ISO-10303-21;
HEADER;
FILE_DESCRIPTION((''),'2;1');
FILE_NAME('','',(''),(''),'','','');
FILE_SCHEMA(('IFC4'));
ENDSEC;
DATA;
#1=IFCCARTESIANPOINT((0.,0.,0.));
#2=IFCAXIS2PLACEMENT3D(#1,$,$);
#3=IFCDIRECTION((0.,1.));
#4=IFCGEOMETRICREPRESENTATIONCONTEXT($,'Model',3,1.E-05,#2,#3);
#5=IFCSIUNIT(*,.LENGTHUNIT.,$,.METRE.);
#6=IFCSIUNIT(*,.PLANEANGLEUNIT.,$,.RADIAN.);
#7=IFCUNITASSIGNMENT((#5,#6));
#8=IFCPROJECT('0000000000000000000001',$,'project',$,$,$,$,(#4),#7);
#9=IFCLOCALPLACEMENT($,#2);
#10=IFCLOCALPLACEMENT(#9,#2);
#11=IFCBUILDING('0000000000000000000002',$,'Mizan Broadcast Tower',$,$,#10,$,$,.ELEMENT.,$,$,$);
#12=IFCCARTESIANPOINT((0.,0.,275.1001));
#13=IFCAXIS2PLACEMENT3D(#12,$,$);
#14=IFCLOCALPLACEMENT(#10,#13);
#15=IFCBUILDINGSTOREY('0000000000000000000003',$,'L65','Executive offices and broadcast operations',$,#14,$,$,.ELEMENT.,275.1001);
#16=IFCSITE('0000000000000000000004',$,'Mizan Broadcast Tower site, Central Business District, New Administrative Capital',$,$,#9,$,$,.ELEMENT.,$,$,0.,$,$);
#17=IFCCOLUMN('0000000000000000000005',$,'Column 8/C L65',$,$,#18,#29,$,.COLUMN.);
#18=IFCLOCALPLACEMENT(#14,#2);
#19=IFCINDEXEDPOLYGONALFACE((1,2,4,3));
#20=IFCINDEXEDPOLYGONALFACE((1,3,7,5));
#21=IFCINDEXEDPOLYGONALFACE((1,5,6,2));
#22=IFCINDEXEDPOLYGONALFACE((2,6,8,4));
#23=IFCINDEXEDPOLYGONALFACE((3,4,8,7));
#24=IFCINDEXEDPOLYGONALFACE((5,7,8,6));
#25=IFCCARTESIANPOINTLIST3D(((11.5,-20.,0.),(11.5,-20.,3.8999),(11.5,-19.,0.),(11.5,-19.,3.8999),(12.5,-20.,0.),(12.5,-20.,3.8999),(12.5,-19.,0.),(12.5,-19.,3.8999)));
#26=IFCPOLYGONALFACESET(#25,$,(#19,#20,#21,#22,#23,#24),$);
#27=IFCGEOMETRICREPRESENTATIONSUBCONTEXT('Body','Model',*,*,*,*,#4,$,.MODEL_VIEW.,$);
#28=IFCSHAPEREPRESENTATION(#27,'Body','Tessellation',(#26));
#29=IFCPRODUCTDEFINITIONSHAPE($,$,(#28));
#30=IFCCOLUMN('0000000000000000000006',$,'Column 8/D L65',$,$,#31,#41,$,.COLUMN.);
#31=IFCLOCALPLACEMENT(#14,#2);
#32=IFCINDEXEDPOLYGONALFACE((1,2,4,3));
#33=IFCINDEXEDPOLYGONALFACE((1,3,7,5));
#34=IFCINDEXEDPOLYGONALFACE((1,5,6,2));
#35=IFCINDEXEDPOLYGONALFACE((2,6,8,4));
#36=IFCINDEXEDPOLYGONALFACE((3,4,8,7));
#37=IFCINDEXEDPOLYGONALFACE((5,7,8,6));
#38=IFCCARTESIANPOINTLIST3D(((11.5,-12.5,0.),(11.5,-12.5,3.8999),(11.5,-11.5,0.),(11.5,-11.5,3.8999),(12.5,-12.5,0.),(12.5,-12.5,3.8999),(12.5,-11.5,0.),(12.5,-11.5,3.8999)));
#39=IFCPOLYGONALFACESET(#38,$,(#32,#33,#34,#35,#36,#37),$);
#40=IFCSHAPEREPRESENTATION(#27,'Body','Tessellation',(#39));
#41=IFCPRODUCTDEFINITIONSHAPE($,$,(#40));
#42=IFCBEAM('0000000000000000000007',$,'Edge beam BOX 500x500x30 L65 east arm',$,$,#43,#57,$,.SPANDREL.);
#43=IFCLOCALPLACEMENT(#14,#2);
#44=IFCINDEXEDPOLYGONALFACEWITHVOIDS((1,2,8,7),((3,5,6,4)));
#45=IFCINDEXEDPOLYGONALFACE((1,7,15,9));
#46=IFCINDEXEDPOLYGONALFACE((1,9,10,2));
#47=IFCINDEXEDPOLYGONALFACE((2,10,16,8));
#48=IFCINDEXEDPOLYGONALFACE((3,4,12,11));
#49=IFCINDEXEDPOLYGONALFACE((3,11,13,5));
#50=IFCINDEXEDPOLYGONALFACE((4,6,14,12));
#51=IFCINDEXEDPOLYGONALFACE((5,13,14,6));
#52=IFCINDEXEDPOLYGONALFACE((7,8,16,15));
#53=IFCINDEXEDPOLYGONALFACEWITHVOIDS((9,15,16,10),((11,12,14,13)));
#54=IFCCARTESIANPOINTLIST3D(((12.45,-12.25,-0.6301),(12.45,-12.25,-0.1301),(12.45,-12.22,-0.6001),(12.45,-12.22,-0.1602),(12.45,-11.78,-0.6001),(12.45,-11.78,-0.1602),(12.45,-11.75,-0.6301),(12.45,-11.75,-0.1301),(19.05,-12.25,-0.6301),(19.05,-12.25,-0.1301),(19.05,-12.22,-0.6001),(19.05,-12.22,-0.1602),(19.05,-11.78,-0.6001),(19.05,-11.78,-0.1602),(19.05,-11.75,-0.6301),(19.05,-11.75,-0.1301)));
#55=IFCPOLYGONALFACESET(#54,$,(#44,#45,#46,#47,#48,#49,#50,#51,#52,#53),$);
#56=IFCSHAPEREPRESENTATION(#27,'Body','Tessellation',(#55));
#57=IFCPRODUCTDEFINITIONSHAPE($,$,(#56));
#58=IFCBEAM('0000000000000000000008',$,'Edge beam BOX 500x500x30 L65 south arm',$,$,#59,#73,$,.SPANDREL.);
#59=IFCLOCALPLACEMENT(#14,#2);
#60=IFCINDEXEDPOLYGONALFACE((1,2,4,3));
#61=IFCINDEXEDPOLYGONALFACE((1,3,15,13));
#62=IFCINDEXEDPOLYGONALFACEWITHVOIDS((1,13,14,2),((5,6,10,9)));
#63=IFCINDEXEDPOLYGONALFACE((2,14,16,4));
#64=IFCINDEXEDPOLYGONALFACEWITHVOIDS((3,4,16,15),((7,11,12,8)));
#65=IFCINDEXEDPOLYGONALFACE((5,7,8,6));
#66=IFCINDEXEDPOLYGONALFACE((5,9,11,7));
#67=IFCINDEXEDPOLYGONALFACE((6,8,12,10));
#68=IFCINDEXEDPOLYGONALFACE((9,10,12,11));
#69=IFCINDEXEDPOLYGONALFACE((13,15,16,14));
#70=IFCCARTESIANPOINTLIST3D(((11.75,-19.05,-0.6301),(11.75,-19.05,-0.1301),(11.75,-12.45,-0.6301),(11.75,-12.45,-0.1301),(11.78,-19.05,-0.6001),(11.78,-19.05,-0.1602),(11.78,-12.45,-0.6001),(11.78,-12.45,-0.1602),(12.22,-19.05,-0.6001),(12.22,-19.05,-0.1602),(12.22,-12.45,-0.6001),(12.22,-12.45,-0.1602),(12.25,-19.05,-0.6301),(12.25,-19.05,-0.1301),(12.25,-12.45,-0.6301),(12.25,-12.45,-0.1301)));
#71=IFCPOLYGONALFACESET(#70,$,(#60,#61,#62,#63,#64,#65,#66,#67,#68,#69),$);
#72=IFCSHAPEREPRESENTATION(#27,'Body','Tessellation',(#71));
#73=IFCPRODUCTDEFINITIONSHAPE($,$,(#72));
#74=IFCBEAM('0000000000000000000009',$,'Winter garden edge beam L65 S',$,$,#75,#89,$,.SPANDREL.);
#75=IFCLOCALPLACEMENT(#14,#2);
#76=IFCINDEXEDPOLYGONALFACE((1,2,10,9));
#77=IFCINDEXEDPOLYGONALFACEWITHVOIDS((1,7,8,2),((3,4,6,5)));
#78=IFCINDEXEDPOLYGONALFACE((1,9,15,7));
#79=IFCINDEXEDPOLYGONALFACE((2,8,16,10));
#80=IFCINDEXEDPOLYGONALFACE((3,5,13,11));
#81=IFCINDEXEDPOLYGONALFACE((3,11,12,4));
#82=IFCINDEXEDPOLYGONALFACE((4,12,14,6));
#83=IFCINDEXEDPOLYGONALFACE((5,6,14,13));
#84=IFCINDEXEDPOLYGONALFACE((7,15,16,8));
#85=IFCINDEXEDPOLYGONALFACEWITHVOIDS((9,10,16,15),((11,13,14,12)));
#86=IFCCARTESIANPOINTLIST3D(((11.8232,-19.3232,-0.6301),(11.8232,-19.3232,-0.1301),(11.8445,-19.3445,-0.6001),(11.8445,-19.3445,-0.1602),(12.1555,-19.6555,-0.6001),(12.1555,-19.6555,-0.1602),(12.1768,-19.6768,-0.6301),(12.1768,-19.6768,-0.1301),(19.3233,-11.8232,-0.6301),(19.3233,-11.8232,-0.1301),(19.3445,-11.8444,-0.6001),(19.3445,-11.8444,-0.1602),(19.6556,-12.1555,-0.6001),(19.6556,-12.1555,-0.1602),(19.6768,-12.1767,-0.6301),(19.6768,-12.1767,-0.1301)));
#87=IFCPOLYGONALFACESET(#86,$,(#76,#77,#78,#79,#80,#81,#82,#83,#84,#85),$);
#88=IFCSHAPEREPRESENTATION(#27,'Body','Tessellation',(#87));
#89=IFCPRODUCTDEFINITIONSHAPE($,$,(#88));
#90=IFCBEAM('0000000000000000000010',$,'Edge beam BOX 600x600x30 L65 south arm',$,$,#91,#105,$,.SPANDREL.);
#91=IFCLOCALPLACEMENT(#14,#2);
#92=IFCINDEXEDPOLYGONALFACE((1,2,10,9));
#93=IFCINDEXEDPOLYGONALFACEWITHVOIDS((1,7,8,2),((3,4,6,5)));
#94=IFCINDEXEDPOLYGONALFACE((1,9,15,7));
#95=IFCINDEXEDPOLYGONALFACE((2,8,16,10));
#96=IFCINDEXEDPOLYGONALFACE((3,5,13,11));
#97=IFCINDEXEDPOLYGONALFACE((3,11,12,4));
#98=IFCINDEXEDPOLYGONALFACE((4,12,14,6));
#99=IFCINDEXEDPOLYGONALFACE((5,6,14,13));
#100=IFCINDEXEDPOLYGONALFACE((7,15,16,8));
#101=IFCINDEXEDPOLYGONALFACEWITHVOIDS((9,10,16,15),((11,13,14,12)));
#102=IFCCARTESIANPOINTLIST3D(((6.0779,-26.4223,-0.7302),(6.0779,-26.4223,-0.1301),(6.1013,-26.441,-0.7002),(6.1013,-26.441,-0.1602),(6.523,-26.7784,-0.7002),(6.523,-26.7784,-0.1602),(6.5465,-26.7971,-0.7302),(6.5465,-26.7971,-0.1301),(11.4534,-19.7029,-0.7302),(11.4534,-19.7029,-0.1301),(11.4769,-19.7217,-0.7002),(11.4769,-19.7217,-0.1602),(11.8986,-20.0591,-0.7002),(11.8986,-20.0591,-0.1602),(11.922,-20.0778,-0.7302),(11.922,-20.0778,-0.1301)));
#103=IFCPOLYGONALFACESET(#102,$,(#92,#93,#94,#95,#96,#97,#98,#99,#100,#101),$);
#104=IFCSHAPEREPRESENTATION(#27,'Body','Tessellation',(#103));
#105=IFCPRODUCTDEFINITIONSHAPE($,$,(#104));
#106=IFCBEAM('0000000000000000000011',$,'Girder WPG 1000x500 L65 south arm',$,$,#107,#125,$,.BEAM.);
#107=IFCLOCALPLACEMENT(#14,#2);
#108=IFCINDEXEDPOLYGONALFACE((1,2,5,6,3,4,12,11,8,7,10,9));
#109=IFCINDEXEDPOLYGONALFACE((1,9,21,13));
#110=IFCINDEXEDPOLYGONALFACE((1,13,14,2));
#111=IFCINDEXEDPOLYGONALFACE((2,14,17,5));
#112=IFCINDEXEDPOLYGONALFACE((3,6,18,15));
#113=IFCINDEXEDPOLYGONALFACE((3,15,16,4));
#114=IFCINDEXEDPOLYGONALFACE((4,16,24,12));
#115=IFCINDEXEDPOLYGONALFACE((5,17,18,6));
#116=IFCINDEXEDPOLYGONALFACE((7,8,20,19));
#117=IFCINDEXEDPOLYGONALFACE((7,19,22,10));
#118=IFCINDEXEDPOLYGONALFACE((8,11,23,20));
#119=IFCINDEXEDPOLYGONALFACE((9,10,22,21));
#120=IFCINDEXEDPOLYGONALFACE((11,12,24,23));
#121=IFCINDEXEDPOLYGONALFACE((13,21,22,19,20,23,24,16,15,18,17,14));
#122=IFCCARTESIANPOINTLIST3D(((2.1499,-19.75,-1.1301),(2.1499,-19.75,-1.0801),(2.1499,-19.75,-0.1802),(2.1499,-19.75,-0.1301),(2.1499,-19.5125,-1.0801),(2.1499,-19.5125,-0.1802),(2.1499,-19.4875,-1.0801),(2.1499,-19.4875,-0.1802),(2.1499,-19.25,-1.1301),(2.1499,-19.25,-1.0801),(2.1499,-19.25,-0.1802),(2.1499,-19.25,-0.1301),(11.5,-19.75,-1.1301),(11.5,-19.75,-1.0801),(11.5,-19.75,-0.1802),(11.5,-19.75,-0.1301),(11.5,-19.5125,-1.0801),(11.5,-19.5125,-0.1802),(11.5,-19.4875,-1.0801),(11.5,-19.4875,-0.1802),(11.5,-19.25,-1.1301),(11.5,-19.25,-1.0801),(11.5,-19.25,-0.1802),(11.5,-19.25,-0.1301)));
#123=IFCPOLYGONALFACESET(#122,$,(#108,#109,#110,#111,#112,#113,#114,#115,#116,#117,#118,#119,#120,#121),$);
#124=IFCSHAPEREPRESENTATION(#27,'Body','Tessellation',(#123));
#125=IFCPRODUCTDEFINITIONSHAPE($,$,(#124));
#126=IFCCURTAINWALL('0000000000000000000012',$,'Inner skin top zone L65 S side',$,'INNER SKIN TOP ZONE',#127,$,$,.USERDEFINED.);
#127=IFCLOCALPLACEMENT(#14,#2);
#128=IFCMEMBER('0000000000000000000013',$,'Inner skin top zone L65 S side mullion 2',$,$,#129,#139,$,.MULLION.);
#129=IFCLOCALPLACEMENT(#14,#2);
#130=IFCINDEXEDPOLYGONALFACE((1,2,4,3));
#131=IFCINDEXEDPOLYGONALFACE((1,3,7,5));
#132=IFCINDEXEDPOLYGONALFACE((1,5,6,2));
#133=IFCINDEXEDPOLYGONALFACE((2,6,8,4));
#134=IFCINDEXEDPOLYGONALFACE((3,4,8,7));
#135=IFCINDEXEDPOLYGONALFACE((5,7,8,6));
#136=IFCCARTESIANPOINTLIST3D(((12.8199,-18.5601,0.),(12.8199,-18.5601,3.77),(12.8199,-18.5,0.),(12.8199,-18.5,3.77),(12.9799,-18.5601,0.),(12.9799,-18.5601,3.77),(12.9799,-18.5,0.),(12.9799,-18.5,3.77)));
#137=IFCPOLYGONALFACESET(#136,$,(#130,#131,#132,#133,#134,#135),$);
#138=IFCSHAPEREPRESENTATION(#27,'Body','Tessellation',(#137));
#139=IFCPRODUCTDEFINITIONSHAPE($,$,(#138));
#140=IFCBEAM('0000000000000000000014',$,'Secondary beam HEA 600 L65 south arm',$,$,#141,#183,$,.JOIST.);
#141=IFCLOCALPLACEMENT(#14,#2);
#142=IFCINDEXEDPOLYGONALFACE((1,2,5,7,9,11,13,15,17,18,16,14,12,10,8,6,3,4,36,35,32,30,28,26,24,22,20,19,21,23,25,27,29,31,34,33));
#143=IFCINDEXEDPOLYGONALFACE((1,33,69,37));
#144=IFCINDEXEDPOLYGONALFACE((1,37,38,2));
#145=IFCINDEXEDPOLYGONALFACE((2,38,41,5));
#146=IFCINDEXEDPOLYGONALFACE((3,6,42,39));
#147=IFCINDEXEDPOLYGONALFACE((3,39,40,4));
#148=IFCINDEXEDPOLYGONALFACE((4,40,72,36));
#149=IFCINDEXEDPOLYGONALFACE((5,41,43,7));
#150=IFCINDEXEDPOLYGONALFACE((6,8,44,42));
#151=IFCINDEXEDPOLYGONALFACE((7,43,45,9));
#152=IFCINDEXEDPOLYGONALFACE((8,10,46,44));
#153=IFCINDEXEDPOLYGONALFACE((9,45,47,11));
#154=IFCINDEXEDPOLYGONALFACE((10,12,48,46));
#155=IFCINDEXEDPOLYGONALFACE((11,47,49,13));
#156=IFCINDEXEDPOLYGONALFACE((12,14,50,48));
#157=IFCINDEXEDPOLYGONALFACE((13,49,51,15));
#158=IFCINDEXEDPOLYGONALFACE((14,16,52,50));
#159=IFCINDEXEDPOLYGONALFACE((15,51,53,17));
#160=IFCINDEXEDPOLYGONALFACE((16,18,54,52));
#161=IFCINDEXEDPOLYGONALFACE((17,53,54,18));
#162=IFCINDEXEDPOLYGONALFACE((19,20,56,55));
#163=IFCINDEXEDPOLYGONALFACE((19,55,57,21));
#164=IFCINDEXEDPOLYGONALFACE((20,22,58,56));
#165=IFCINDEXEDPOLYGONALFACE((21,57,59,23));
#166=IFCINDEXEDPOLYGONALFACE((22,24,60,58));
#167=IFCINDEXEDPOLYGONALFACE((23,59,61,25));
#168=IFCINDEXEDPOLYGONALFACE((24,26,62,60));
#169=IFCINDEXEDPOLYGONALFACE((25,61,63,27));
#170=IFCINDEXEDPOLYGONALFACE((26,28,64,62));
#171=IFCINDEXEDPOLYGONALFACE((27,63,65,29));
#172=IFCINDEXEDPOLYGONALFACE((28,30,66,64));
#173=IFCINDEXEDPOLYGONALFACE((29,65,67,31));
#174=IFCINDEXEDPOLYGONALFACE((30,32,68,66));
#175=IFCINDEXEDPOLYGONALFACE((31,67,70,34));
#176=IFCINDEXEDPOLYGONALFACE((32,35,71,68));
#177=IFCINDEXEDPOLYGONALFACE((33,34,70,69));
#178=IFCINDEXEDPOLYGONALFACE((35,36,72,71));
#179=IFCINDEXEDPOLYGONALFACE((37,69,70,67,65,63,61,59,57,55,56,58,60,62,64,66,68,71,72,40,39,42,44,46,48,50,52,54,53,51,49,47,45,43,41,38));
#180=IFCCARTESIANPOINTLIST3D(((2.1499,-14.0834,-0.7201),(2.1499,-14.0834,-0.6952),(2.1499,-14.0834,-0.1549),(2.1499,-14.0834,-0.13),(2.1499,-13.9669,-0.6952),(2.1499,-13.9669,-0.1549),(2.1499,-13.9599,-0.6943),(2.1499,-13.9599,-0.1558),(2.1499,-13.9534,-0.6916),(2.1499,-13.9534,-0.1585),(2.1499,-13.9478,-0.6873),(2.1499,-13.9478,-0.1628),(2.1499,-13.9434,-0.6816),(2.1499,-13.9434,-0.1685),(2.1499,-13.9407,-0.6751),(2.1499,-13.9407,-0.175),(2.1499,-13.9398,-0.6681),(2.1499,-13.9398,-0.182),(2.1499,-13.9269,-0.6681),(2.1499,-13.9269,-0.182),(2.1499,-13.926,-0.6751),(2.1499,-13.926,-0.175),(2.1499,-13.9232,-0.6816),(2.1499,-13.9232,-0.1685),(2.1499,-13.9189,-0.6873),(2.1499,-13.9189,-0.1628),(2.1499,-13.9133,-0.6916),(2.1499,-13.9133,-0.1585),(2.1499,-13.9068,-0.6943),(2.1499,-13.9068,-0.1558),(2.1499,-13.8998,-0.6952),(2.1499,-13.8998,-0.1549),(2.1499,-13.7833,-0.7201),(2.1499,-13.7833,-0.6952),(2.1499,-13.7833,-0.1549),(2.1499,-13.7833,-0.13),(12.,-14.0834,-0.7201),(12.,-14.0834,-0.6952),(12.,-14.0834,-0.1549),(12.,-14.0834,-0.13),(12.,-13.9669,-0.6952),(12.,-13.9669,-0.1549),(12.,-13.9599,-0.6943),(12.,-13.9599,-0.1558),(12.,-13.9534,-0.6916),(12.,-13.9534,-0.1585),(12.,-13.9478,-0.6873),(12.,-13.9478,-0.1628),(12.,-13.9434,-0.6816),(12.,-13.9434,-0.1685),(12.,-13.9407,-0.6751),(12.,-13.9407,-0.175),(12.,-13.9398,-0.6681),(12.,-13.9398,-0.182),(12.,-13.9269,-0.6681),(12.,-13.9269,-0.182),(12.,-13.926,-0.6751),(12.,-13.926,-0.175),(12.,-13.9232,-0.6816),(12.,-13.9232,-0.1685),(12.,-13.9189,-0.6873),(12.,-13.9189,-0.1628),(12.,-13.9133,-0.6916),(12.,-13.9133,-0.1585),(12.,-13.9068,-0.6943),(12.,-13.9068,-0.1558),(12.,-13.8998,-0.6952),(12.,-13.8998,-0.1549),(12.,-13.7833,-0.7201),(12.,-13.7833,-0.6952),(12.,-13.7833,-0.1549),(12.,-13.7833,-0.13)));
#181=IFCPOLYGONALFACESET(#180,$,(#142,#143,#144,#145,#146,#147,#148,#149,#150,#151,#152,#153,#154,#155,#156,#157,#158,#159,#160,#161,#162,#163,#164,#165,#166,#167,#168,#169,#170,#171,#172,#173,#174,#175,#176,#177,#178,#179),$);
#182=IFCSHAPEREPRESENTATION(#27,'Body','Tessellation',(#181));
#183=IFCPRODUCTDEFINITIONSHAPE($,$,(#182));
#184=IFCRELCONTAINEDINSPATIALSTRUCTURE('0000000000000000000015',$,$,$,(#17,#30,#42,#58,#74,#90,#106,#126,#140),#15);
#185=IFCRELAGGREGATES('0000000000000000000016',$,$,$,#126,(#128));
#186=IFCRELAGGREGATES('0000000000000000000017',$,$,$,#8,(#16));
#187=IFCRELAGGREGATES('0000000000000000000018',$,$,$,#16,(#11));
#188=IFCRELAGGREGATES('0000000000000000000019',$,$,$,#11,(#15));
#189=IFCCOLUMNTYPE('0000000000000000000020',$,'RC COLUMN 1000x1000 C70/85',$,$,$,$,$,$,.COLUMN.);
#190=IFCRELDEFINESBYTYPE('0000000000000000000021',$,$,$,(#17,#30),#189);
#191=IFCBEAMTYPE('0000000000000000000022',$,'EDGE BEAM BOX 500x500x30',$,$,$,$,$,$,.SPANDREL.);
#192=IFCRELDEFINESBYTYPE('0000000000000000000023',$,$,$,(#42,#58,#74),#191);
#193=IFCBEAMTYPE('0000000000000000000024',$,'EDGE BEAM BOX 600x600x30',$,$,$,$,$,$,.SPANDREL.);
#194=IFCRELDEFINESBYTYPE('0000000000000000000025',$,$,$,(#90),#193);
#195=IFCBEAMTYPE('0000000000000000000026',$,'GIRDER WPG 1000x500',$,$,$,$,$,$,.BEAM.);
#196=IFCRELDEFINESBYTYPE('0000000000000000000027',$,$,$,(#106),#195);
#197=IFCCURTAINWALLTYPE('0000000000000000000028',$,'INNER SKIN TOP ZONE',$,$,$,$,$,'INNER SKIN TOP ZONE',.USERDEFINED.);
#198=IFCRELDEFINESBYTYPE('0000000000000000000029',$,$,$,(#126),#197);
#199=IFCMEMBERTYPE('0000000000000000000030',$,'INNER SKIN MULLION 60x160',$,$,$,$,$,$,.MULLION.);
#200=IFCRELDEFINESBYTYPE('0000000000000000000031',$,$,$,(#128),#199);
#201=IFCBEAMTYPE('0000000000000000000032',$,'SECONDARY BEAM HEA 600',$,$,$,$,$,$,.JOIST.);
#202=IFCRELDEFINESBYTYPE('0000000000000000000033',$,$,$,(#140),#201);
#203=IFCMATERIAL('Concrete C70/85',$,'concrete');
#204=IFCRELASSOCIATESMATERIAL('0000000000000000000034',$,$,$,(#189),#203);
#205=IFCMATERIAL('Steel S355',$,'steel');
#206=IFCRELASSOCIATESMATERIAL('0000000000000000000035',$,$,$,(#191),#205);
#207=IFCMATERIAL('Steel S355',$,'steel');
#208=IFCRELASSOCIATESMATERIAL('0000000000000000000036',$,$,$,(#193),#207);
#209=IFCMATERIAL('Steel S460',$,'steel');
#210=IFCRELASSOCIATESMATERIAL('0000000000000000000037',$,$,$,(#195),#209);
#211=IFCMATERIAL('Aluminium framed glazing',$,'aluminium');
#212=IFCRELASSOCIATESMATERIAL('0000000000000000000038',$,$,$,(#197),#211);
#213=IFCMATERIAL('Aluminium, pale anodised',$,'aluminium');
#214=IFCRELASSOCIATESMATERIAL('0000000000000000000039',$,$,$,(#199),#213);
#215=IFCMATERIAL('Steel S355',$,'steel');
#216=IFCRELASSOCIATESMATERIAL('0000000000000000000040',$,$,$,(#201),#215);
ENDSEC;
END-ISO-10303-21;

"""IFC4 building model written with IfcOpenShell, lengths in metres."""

from ifc_helpers import new_model, si_unit, direction, frame, origin, origin_2d, place, context, subcontext, project, spatial, rectangle, hollow_rectangle, i_section, extrude, material, material_profile, profile_set, type_object, element, aggregate, save


model = new_model("IFC4")

# Units and contexts
model_context = context("Model", 3, precision=1e-05, world=origin(), true_north=direction((0.0, 1.0)))
body_context = subcontext(model_context, "Body", "Model", "MODEL_VIEW")
ifc_project = project(units=[si_unit("LENGTHUNIT", "METRE"), si_unit("PLANEANGLEUNIT", "RADIAN")], contexts=[model_context])

# Site, building, storey
site_placement = place(None, origin())
site = spatial("IfcSite", under=ifc_project, at=site_placement, Name="Mizan Broadcast Tower site, Central Business District, New Administrative Capital", CompositionType="ELEMENT", RefElevation=0.0)
building_placement = place(site_placement, origin())
building = spatial("IfcBuilding", under=site, at=building_placement, Name="Mizan Broadcast Tower", CompositionType="ELEMENT")
storey_placement = place(building_placement, frame((0.0, 0.0, 275.1001)))
storey = spatial("IfcBuildingStorey", under=building, at=storey_placement, Name="L65", Description="Executive offices and broadcast operations", CompositionType="ELEMENT", Elevation=275.1001)

# Columns
ifc_material_1 = material(Name="Concrete C70/85", Category="concrete")
ifc_material_profile_1 = material_profile(ifc_material_1, rectangle(XDim=1.0, YDim=1.0, at=origin_2d()), Name="RC 1000x1000")
ifc_profile_set_1 = profile_set([ifc_material_profile_1], Name="Concrete C70/85")
column_type = type_object("IfcColumnType", Name="RC COLUMN 1000x1000 C70/85", PredefinedType="COLUMN", material=ifc_profile_set_1)
for number, where, z_axis, x_axis, name in (
    (1, (12.0, -19.5, 0.0), (0.0, 0.0, 1.0), (1.0, 0.0, 0.0), "Column 8/C L65"),
    (2, (12.0, -12.0, 0.0), (0.0, 0.0, 1.0), (1.0, 0.0, 0.0), "Column 8/D L65"),
):
    element("IfcColumn", number, at=place(storey_placement, frame(where, z_axis=z_axis, x_axis=x_axis)), inside=storey, type_object=column_type, Name=name, PredefinedType="COLUMN", context=body_context, shape_type="SweptSolid", body=[
        extrude(rectangle(XDim=1.0, YDim=1.0, at=origin_2d()), origin(), (0.0, 0.0, 1.0), 3.8999),
    ])

# Beams
ifc_material_2 = material(Name="Steel S355", Category="steel")
ifc_material_profile_2 = material_profile(ifc_material_2, hollow_rectangle(XDim=0.5, YDim=0.5, WallThickness=0.03, at=origin_2d()), Name="BOX 500x500x30")
ifc_profile_set_2 = profile_set([ifc_material_profile_2], Name="Steel S355")
beam_type_1 = type_object("IfcBeamType", Name="EDGE BEAM BOX 500x500x30", PredefinedType="SPANDREL", material=ifc_profile_set_2)
for number, where, z_axis, x_axis, name in (
    (3, (12.45, -12.0, -0.3801), (1.0, 0.0, 0.0), (0.0, 1.0, 0.0), "Edge beam BOX 500x500x30 L65 east arm"),
    (4, (12.0, -12.45, -0.3801), (0.0, -1.0, 0.0), (1.0, 0.0, 0.0), "Edge beam BOX 500x500x30 L65 south arm"),
):
    element("IfcBeam", number, at=place(storey_placement, frame(where, z_axis=z_axis, x_axis=x_axis)), inside=storey, type_object=beam_type_1, Name=name, PredefinedType="SPANDREL", context=body_context, shape_type="SweptSolid", body=[
        extrude(hollow_rectangle(XDim=0.5, YDim=0.5, WallThickness=0.03, at=origin_2d()), origin(), (0.0, 0.0, 1.0), 6.6001),
    ])
beam_1_placement = place(storey_placement, frame((12.0, -19.5, -0.3801), z_axis=(0.707107, 0.707107, 0.0), x_axis=(-0.707107, 0.707107, 0.0)))
element("IfcBeam", 5, at=beam_1_placement, inside=storey, type_object=beam_type_1, Name="Winter garden edge beam L65 S", PredefinedType="SPANDREL", context=body_context, shape_type="SweptSolid", body=[
    extrude(hollow_rectangle(XDim=0.5, YDim=0.5, WallThickness=0.03, at=origin_2d()), origin(), (0.0, 0.0, 1.0), 10.6067),
])
ifc_material_3 = material(Name="Steel S355", Category="steel")
ifc_material_profile_3 = material_profile(ifc_material_3, hollow_rectangle(XDim=0.6001, YDim=0.6001, WallThickness=0.03, at=origin_2d()), Name="BOX 600x600x30")
ifc_profile_set_3 = profile_set([ifc_material_profile_3], Name="Steel S355")
beam_type_2 = type_object("IfcBeamType", Name="EDGE BEAM BOX 600x600x30", PredefinedType="SPANDREL", material=ifc_profile_set_3)
beam_2_placement = place(storey_placement, frame((11.6877, -19.8904, -0.4302), z_axis=(-0.624702, -0.780863, 0.0), x_axis=(0.780863, -0.624702, 0.0)))
element("IfcBeam", 6, at=beam_2_placement, inside=storey, type_object=beam_type_2, Name="Edge beam BOX 600x600x30 L65 south arm", PredefinedType="SPANDREL", context=body_context, shape_type="SweptSolid", body=[
    extrude(hollow_rectangle(XDim=0.6001, YDim=0.6001, WallThickness=0.03, at=origin_2d()), origin(), (0.0, 0.0, 1.0), 8.605),
])
ifc_material_4 = material(Name="Steel S460", Category="steel")
ifc_material_profile_4 = material_profile(ifc_material_4, i_section(OverallWidth=0.5, OverallDepth=1.0, WebThickness=0.0249, FlangeThickness=0.05, at=origin_2d()), Name="WPG 1000x500")
ifc_profile_set_4 = profile_set([ifc_material_profile_4], Name="Steel S460")
beam_type_3 = type_object("IfcBeamType", Name="GIRDER WPG 1000x500", PredefinedType="BEAM", material=ifc_profile_set_4)
beam_3_placement = place(storey_placement, frame((11.5, -19.5, -0.6301), z_axis=(-1.0, 0.0, 0.0), x_axis=(0.0, -1.0, 0.0)))
element("IfcBeam", 7, at=beam_3_placement, inside=storey, type_object=beam_type_3, Name="Girder WPG 1000x500 L65 south arm", PredefinedType="BEAM", context=body_context, shape_type="SweptSolid", body=[
    extrude(i_section(OverallWidth=0.5, OverallDepth=1.0, WebThickness=0.0249, FlangeThickness=0.05, at=origin_2d()), origin(), (0.0, 0.0, 1.0), 9.3501),
])

# Curtain wall, member
ifc_material_5 = material(Name="Aluminium framed glazing", Category="aluminium")
curtain_wall_type = type_object("IfcCurtainWallType", Name="INNER SKIN TOP ZONE", ElementType="INNER SKIN TOP ZONE", PredefinedType="USERDEFINED", material=ifc_material_5)
curtain_wall_placement = place(storey_placement, origin())
curtain_wall = element("IfcCurtainWall", 8, at=curtain_wall_placement, inside=storey, type_object=curtain_wall_type, Name="Inner skin top zone L65 S side", ObjectType="INNER SKIN TOP ZONE", PredefinedType="USERDEFINED")
ifc_material_6 = material(Name="Aluminium, pale anodised", Category="aluminium")
ifc_material_profile_5 = material_profile(ifc_material_6, rectangle(XDim=0.1599, YDim=0.0601, at=origin_2d()), Name="MULLION 160x60")
ifc_profile_set_5 = profile_set([ifc_material_profile_5], Name="Aluminium, pale anodised")
member_type = type_object("IfcMemberType", Name="INNER SKIN MULLION 60x160", PredefinedType="MULLION", material=ifc_profile_set_5)
member_placement = place(storey_placement, frame((12.8999, -18.53, 0.0), z_axis=(0.0, 0.0, 1.0), x_axis=(-1.0, 0.0, 0.0)))
member = element("IfcMember", 9, at=member_placement, type_object=member_type, Name="Inner skin top zone L65 S side mullion 2", PredefinedType="MULLION", context=body_context, shape_type="SweptSolid", body=[
    extrude(rectangle(XDim=0.1599, YDim=0.0601, at=origin_2d()), origin(), (0.0, 0.0, 1.0), 3.77),
])

# Beam
ifc_material_7 = material(Name="Steel S355", Category="steel")
ifc_material_profile_6 = material_profile(ifc_material_7, i_section(OverallWidth=0.3, OverallDepth=0.5901, WebThickness=0.0129, FlangeThickness=0.0249, FilletRadius=0.0271, at=origin_2d()), Name="HEA 600")
ifc_profile_set_6 = profile_set([ifc_material_profile_6], Name="Steel S355")
beam_type_4 = type_object("IfcBeamType", Name="SECONDARY BEAM HEA 600", PredefinedType="JOIST", material=ifc_profile_set_6)
for number, where, z_axis, x_axis, name in (
    (10, (12.0, -13.9333, -0.425), (-1.0, 0.0, 0.0), (0.0, -1.0, 0.0), "Secondary beam HEA 600 L65 south arm"),
):
    element("IfcBeam", number, at=place(storey_placement, frame(where, z_axis=z_axis, x_axis=x_axis)), inside=storey, type_object=beam_type_4, Name=name, PredefinedType="JOIST", context=body_context, shape_type="SweptSolid", body=[
        extrude(i_section(OverallWidth=0.3, OverallDepth=0.5901, WebThickness=0.0129, FlangeThickness=0.0249, FilletRadius=0.0271, at=origin_2d()), origin(), (0.0, 0.0, 1.0), 9.8501),
    ])

aggregate(curtain_wall, [member])

save(model, "model.ifc")
